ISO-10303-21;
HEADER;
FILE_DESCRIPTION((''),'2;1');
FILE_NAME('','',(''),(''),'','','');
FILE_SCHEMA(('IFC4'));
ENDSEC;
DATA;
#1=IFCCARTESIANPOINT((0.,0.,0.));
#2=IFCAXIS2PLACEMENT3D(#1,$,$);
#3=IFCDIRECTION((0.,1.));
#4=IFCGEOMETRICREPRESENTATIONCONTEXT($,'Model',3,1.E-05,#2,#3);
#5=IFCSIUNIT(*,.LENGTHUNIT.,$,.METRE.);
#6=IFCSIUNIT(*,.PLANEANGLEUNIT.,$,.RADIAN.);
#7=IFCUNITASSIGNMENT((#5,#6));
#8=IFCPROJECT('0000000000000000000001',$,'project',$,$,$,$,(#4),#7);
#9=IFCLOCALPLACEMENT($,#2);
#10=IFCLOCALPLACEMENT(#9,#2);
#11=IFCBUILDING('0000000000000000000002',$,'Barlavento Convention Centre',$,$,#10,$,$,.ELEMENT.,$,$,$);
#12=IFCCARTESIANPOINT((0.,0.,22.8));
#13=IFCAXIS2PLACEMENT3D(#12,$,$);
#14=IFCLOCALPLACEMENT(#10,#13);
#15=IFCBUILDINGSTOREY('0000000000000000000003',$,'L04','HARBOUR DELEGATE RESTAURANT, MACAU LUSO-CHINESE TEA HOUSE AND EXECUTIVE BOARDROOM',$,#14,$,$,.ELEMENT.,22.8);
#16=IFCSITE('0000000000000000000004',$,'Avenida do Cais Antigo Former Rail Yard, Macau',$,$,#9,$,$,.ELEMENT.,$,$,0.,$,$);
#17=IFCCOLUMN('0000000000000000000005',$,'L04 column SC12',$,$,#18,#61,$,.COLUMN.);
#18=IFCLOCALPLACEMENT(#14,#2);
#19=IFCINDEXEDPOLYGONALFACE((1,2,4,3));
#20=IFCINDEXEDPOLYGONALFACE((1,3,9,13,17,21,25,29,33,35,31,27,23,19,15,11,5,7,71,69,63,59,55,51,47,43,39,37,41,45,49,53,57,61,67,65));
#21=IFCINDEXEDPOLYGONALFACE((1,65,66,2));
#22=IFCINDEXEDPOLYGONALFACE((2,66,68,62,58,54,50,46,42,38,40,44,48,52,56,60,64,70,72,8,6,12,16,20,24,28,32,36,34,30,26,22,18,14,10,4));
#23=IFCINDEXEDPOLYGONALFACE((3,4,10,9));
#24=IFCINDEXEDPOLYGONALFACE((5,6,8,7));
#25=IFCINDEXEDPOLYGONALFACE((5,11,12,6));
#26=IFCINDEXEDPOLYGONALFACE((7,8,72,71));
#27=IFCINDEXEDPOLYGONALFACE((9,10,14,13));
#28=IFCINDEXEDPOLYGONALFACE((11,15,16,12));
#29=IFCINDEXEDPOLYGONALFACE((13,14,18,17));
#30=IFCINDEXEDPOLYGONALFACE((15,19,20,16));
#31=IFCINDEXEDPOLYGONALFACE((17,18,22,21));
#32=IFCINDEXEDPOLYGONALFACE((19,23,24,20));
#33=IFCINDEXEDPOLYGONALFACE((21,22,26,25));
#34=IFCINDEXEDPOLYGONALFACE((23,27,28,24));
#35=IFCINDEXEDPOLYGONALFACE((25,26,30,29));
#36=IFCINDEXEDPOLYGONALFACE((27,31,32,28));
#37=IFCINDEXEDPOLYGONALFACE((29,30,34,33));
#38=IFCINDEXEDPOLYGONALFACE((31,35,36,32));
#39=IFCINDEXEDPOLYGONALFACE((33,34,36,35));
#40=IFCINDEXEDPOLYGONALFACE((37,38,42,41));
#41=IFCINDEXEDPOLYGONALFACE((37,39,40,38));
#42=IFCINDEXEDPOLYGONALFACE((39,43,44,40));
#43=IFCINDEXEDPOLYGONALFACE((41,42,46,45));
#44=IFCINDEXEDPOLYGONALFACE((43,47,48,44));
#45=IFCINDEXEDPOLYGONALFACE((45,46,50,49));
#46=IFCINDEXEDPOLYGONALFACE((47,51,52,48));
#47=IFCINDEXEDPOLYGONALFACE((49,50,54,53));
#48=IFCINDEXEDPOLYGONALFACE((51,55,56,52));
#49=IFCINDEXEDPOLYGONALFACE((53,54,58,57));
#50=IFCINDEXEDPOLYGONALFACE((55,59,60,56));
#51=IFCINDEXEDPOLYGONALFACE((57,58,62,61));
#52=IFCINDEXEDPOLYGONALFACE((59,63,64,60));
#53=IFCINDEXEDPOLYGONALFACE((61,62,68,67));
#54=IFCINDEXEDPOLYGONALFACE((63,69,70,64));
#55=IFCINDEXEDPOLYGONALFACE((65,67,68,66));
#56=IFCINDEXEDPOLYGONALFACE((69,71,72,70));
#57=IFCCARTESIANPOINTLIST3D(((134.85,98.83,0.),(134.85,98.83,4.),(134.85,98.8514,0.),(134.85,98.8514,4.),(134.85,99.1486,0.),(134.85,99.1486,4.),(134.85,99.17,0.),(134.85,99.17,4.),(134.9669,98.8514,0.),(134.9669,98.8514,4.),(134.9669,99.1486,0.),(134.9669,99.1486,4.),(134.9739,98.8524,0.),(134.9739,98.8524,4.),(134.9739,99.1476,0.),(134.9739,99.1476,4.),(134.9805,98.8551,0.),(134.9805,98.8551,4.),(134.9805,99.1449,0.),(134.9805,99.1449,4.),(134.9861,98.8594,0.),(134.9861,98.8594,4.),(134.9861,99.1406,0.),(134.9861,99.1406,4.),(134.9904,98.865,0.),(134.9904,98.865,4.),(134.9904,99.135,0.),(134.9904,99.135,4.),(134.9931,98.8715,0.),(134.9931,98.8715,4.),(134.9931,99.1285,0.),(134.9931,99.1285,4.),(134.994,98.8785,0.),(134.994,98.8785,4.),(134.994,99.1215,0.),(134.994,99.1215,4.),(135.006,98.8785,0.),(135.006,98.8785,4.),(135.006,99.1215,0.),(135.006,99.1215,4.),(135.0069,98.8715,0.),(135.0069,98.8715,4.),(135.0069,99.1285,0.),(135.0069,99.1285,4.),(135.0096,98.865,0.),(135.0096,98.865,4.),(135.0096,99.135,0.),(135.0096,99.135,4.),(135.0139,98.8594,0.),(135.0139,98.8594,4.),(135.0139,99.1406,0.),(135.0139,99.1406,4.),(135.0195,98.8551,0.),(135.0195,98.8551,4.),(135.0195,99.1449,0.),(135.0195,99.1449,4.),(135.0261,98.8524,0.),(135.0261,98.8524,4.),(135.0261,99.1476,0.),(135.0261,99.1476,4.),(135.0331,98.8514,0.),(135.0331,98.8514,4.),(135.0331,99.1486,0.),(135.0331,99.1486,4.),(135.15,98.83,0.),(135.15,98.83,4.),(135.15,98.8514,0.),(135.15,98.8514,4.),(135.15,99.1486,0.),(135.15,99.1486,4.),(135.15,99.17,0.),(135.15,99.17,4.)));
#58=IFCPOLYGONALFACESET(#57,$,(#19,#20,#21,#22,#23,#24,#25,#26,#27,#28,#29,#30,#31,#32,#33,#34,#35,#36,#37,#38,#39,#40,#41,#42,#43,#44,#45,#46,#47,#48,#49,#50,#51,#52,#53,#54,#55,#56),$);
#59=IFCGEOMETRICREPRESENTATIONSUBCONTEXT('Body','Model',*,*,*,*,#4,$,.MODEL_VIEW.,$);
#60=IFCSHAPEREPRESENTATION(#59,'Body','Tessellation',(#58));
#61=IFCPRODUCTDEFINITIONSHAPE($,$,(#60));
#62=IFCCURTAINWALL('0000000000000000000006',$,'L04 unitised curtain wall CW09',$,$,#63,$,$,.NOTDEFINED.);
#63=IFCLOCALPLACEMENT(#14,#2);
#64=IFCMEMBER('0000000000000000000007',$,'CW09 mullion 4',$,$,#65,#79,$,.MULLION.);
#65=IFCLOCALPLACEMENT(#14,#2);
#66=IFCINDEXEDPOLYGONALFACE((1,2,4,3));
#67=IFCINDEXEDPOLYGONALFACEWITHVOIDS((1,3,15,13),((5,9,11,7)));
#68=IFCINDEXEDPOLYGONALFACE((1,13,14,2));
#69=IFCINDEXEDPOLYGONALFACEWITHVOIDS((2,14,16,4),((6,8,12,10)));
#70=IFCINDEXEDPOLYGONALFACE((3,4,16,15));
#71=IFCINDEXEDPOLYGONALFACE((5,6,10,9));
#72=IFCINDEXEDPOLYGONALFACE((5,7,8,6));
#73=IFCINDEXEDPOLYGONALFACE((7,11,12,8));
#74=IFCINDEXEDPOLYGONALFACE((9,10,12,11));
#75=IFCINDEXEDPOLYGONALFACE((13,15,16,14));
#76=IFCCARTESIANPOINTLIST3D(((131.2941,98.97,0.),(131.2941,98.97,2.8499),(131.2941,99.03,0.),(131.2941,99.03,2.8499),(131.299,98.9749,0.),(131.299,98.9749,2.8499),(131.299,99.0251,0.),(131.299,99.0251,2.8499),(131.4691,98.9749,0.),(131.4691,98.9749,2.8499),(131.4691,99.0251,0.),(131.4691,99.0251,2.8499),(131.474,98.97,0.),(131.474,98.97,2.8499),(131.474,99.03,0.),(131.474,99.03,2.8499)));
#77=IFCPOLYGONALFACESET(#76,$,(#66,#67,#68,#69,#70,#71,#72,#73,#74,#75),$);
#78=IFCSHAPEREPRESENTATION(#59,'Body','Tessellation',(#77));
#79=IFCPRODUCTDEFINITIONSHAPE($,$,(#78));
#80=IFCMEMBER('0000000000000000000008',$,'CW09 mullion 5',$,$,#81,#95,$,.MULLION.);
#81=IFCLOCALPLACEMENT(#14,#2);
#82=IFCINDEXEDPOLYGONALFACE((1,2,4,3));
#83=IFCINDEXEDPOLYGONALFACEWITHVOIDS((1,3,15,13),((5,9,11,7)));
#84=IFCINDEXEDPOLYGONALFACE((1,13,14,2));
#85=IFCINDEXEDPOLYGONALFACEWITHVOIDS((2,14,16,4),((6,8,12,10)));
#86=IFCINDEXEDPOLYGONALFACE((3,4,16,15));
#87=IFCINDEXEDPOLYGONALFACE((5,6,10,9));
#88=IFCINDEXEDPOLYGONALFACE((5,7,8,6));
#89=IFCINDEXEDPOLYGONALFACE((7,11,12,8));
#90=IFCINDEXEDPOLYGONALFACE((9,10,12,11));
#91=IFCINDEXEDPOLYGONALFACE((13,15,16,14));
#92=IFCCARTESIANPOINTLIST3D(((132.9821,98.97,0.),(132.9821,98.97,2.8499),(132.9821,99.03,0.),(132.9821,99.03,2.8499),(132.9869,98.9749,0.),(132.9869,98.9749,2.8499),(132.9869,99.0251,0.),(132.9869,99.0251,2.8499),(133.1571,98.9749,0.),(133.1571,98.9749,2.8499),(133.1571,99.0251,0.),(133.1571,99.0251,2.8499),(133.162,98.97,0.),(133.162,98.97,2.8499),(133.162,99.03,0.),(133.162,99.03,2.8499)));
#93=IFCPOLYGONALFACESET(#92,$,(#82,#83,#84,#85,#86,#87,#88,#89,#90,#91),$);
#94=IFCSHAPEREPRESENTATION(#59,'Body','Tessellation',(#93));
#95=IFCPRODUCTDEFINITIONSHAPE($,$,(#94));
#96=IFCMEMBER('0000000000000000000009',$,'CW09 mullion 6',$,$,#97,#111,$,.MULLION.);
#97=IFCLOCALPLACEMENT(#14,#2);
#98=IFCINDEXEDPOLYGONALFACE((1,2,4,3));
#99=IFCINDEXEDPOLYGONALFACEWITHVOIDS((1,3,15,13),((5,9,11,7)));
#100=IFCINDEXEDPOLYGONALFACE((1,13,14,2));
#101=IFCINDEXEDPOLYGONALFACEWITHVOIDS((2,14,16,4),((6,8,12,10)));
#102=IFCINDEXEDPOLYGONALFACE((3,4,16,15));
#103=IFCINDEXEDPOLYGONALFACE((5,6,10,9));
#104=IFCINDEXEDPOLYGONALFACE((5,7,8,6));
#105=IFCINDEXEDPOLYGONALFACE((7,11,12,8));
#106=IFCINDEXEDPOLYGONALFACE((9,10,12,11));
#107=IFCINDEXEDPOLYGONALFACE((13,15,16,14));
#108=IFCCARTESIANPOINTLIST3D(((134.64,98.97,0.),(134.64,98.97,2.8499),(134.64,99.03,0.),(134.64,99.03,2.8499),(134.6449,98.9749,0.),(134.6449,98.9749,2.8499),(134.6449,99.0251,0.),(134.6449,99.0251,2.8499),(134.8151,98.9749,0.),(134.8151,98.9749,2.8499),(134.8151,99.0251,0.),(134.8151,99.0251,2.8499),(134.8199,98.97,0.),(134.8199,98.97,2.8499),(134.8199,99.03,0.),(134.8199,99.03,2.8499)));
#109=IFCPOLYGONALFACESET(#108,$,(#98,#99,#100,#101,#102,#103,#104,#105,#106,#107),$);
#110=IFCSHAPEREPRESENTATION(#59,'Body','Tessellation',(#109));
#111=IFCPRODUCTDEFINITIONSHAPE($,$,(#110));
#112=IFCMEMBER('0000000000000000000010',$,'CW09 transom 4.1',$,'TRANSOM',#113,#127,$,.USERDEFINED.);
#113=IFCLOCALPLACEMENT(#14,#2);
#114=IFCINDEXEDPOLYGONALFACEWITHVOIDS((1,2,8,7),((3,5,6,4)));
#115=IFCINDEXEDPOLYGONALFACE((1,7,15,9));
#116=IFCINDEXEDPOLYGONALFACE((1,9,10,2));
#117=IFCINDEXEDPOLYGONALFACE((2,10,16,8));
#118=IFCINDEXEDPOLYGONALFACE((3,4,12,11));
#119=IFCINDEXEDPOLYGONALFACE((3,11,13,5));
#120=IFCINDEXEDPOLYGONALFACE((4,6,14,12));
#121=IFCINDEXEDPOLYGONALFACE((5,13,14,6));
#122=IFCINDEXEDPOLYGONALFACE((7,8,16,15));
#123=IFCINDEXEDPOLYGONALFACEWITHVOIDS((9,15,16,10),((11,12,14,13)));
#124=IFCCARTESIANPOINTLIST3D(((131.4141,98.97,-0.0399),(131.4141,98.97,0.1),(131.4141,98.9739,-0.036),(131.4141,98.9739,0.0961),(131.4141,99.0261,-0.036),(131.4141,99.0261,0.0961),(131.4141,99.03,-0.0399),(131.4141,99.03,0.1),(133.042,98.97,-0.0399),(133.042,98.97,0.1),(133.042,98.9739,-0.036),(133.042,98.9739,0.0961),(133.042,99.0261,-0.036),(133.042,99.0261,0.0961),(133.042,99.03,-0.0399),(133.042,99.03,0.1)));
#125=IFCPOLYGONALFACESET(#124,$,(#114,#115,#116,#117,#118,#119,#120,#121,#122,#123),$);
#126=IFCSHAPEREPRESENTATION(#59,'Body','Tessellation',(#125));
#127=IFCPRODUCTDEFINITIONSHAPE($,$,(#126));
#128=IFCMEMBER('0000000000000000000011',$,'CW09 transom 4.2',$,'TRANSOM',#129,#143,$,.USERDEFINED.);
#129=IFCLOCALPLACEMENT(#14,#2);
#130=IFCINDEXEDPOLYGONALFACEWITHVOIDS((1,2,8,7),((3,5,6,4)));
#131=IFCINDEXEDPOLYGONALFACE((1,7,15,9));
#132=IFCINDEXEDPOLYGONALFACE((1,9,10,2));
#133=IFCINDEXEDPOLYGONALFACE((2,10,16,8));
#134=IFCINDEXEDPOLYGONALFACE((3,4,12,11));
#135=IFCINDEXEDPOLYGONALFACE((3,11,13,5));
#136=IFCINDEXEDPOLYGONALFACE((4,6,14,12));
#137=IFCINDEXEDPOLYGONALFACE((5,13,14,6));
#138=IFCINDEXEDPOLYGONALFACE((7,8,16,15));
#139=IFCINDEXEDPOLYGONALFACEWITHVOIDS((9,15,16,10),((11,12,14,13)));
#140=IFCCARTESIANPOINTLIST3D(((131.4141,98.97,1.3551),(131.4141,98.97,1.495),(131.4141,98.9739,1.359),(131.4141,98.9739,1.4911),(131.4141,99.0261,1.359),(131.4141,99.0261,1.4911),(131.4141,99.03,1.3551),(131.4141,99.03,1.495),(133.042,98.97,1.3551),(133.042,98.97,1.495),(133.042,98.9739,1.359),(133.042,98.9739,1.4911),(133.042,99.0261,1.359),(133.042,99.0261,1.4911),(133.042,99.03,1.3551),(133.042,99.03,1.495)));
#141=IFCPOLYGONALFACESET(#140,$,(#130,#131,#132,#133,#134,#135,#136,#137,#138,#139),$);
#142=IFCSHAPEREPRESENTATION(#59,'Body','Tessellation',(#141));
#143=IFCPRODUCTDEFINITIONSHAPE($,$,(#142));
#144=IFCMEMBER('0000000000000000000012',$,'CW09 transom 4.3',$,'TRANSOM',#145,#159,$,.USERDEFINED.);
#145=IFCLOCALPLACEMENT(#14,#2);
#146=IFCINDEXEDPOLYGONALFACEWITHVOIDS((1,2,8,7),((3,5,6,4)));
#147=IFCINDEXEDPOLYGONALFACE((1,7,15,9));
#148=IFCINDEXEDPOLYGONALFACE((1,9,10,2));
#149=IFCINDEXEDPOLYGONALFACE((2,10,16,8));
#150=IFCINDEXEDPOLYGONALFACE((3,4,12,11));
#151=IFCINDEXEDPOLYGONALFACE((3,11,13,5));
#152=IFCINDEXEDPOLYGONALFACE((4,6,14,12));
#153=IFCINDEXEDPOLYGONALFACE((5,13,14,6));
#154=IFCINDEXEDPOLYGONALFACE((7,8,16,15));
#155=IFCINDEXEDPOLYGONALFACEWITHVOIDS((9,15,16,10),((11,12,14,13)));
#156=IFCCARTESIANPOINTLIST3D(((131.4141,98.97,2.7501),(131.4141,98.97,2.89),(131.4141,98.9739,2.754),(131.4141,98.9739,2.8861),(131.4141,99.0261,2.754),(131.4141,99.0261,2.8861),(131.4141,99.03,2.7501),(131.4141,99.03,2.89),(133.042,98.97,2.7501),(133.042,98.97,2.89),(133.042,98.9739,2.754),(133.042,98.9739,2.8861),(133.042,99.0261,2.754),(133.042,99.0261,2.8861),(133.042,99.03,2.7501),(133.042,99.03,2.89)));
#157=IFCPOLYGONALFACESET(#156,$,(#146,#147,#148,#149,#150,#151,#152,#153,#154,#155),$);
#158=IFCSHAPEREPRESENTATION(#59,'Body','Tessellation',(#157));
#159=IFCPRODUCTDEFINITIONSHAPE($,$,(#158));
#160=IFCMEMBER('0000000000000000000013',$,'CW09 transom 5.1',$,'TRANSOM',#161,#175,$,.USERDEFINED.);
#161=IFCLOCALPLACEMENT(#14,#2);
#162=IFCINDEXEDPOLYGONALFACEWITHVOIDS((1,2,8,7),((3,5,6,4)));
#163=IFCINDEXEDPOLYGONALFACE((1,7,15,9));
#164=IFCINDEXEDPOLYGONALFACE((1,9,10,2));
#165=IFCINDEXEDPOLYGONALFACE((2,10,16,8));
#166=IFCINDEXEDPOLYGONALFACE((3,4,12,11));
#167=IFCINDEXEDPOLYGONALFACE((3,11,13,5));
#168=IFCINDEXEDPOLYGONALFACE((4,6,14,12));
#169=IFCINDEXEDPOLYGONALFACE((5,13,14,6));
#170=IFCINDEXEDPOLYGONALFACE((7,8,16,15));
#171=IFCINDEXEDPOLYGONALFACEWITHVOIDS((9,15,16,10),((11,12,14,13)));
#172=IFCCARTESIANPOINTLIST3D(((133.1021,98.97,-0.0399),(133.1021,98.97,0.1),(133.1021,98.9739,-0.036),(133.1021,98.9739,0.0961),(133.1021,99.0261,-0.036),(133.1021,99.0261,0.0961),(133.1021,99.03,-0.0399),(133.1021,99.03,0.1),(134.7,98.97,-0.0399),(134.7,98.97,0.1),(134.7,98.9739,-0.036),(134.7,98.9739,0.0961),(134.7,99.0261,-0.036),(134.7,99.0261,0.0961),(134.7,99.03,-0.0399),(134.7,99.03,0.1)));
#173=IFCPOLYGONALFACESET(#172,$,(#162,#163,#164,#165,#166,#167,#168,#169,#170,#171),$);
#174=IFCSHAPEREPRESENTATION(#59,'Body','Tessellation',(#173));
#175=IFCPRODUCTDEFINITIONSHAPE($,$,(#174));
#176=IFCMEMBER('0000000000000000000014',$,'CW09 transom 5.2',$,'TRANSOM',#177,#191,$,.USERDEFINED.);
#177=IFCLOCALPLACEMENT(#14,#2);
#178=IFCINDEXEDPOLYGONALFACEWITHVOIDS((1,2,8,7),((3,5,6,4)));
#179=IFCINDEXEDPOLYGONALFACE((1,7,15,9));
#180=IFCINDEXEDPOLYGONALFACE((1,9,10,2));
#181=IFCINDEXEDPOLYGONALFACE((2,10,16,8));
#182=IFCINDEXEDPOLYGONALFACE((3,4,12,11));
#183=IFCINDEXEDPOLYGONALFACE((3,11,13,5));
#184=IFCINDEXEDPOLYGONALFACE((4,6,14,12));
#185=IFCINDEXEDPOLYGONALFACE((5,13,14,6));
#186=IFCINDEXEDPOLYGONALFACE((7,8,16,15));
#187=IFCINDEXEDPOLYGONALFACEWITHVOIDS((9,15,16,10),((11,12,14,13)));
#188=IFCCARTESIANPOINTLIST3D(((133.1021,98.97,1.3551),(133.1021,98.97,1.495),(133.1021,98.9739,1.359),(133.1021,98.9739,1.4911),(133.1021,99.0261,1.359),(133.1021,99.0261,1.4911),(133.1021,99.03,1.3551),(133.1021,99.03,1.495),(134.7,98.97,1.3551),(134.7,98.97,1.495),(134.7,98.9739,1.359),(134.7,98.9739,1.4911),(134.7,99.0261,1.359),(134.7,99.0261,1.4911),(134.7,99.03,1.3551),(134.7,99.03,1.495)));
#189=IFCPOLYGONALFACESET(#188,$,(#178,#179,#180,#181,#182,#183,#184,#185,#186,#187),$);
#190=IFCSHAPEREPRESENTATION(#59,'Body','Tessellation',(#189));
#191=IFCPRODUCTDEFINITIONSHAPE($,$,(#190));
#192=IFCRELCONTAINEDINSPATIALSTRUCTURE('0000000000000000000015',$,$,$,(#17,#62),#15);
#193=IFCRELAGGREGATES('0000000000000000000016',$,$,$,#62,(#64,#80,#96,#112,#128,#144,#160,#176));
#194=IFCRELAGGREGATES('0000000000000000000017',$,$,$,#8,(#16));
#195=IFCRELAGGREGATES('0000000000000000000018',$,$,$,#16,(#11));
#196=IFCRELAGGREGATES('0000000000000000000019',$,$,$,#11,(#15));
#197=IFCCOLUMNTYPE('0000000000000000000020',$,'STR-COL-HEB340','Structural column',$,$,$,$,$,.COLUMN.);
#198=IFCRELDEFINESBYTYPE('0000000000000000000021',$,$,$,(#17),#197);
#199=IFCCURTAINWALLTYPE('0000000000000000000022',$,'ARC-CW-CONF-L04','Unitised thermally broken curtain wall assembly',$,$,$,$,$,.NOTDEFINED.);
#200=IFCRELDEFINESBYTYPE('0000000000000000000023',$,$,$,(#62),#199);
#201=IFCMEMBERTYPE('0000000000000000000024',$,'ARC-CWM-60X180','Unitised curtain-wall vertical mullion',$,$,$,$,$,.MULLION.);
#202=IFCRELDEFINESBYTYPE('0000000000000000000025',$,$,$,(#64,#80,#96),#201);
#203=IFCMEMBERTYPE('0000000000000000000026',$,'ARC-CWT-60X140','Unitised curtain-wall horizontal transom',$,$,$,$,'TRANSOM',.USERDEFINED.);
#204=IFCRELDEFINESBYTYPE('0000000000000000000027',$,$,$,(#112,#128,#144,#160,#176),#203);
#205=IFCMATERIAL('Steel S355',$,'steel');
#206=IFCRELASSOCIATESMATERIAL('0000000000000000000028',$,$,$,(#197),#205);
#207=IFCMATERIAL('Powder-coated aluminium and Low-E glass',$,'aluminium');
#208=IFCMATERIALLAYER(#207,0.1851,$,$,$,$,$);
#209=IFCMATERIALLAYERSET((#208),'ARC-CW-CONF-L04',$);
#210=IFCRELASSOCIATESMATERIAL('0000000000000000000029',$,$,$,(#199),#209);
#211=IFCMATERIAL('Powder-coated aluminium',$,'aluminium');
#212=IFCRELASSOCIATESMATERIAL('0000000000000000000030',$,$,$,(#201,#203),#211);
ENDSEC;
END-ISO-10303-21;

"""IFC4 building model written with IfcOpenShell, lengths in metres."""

from ifc_helpers import new_model, si_unit, direction, frame, origin, origin_2d, place, context, subcontext, project, spatial, hollow_rectangle, i_section, extrude, material, layer, layer_set, material_profile, profile_set, type_object, element, aggregate, save


model = new_model("IFC4")

# Units and contexts
model_context = context("Model", 3, precision=1e-05, world=origin(), true_north=direction((0.0, 1.0)))
body_context = subcontext(model_context, "Body", "Model", "MODEL_VIEW")
ifc_project = project(units=[si_unit("LENGTHUNIT", "METRE"), si_unit("PLANEANGLEUNIT", "RADIAN")], contexts=[model_context])

# Site, building, storey
site_placement = place(None, origin())
site = spatial("IfcSite", under=ifc_project, at=site_placement, Name="Avenida do Cais Antigo Former Rail Yard, Macau", CompositionType="ELEMENT", RefElevation=0.0)
building_placement = place(site_placement, origin())
building = spatial("IfcBuilding", under=site, at=building_placement, Name="Barlavento Convention Centre", CompositionType="ELEMENT")
storey_placement = place(building_placement, frame((0.0, 0.0, 22.8)))
storey = spatial("IfcBuildingStorey", under=building, at=storey_placement, Name="L04", Description="HARBOUR DELEGATE RESTAURANT, MACAU LUSO-CHINESE TEA HOUSE AND EXECUTIVE BOARDROOM", CompositionType="ELEMENT", Elevation=22.8)

# Column
ifc_material_1 = material(Name="Steel S355", Category="steel")
ifc_material_profile_1 = material_profile(ifc_material_1, i_section(OverallWidth=0.3, OverallDepth=0.3401, WebThickness=0.012, FlangeThickness=0.0215, FilletRadius=0.0271, at=origin_2d()), Name="HEB 340")
ifc_profile_set_1 = profile_set([ifc_material_profile_1], Name="Steel S355")
column_type = type_object("IfcColumnType", Name="STR-COL-HEB340", Description="Structural column", PredefinedType="COLUMN", material=ifc_profile_set_1)
column_placement = place(storey_placement, frame((135.0, 99.0, 0.0), z_axis=(0.0, 0.0, 1.0), x_axis=(1.0, 0.0, 0.0)))
element("IfcColumn", 1, at=column_placement, inside=storey, type_object=column_type, Name="L04 column SC12", PredefinedType="COLUMN", context=body_context, shape_type="SweptSolid", body=[
    extrude(i_section(OverallWidth=0.3, OverallDepth=0.3401, WebThickness=0.012, FlangeThickness=0.0215, FilletRadius=0.0271, at=origin_2d()), origin(), (0.0, 0.0, 1.0), 4.0),
])

# Curtain wall, members
ifc_material_2 = material(Name="Powder-coated aluminium and Low-E glass", Category="aluminium")
ifc_layer_1 = layer(ifc_material_2, 0.1851)
ifc_layer_set_1 = layer_set([ifc_layer_1], Name="ARC-CW-CONF-L04")
curtain_wall_type = type_object("IfcCurtainWallType", Name="ARC-CW-CONF-L04", Description="Unitised thermally broken curtain wall assembly", PredefinedType="NOTDEFINED", material=ifc_layer_set_1)
curtain_wall_placement = place(storey_placement, origin())
curtain_wall = element("IfcCurtainWall", 2, at=curtain_wall_placement, inside=storey, type_object=curtain_wall_type, Name="L04 unitised curtain wall CW09", PredefinedType="NOTDEFINED")
ifc_material_3 = material(Name="Powder-coated aluminium", Category="aluminium")
ifc_material_profile_2 = material_profile(ifc_material_3, hollow_rectangle(XDim=0.0601, YDim=0.1799, WallThickness=0.0049, at=origin_2d()), Name="AL-MULL 60x180x5")
ifc_profile_set_2 = profile_set([ifc_material_profile_2], Name="Powder-coated aluminium")
member_type_1 = type_object("IfcMemberType", Name="ARC-CWM-60X180", Description="Unitised curtain-wall vertical mullion", PredefinedType="MULLION", material=ifc_profile_set_2)
member_1_placement = place(storey_placement, frame((131.384, 99.0, 0.0), z_axis=(0.0, 0.0, 1.0), x_axis=(0.0, 1.0, 0.0)))
member_1 = element("IfcMember", 3, at=member_1_placement, type_object=member_type_1, Name="CW09 mullion 4", PredefinedType="MULLION", context=body_context, shape_type="SweptSolid", body=[
    extrude(hollow_rectangle(XDim=0.0601, YDim=0.1799, WallThickness=0.0049, at=origin_2d()), origin(), (0.0, 0.0, 1.0), 2.8499),
])
member_2_placement = place(storey_placement, frame((133.072, 99.0, 0.0), z_axis=(0.0, 0.0, 1.0), x_axis=(0.0, 1.0, 0.0)))
member_2 = element("IfcMember", 4, at=member_2_placement, type_object=member_type_1, Name="CW09 mullion 5", PredefinedType="MULLION", context=body_context, shape_type="SweptSolid", body=[
    extrude(hollow_rectangle(XDim=0.0601, YDim=0.1799, WallThickness=0.0049, at=origin_2d()), origin(), (0.0, 0.0, 1.0), 2.8499),
])
member_3_placement = place(storey_placement, frame((134.73, 99.0, 0.0), z_axis=(0.0, 0.0, 1.0), x_axis=(0.0, 1.0, 0.0)))
member_3 = element("IfcMember", 5, at=member_3_placement, type_object=member_type_1, Name="CW09 mullion 6", PredefinedType="MULLION", context=body_context, shape_type="SweptSolid", body=[
    extrude(hollow_rectangle(XDim=0.0601, YDim=0.1799, WallThickness=0.0049, at=origin_2d()), origin(), (0.0, 0.0, 1.0), 2.8499),
])
ifc_material_profile_3 = material_profile(ifc_material_3, hollow_rectangle(XDim=0.0601, YDim=0.1399, WallThickness=0.0039, at=origin_2d()), Name="AL-TRAN 60x140x4")
ifc_profile_set_3 = profile_set([ifc_material_profile_3], Name="Powder-coated aluminium")
member_type_2 = type_object("IfcMemberType", Name="ARC-CWT-60X140", Description="Unitised curtain-wall horizontal transom", ElementType="TRANSOM", PredefinedType="USERDEFINED", material=ifc_profile_set_3)
member_4_placement = place(storey_placement, frame((131.4141, 99.0, 0.03), z_axis=(1.0, 0.0, 0.0), x_axis=(0.0, 1.0, 0.0)))
member_4 = element("IfcMember", 6, at=member_4_placement, type_object=member_type_2, Name="CW09 transom 4.1", ObjectType="TRANSOM", PredefinedType="USERDEFINED", context=body_context, shape_type="SweptSolid", body=[
    extrude(hollow_rectangle(XDim=0.0601, YDim=0.1399, WallThickness=0.0039, at=origin_2d()), origin(), (0.0, 0.0, 1.0), 1.6279),
])
member_5_placement = place(storey_placement, frame((131.4141, 99.0, 1.425), z_axis=(1.0, 0.0, 0.0), x_axis=(0.0, 1.0, 0.0)))
member_5 = element("IfcMember", 7, at=member_5_placement, type_object=member_type_2, Name="CW09 transom 4.2", ObjectType="TRANSOM", PredefinedType="USERDEFINED", context=body_context, shape_type="SweptSolid", body=[
    extrude(hollow_rectangle(XDim=0.0601, YDim=0.1399, WallThickness=0.0039, at=origin_2d()), origin(), (0.0, 0.0, 1.0), 1.6279),
])
member_6_placement = place(storey_placement, frame((131.4141, 99.0, 2.8201), z_axis=(1.0, 0.0, 0.0), x_axis=(0.0, 1.0, 0.0)))
member_6 = element("IfcMember", 8, at=member_6_placement, type_object=member_type_2, Name="CW09 transom 4.3", ObjectType="TRANSOM", PredefinedType="USERDEFINED", context=body_context, shape_type="SweptSolid", body=[
    extrude(hollow_rectangle(XDim=0.0601, YDim=0.1399, WallThickness=0.0039, at=origin_2d()), origin(), (0.0, 0.0, 1.0), 1.6279),
])
member_7_placement = place(storey_placement, frame((133.1021, 99.0, 0.03), z_axis=(1.0, 0.0, 0.0), x_axis=(0.0, 1.0, 0.0)))
member_7 = element("IfcMember", 9, at=member_7_placement, type_object=member_type_2, Name="CW09 transom 5.1", ObjectType="TRANSOM", PredefinedType="USERDEFINED", context=body_context, shape_type="SweptSolid", body=[
    extrude(hollow_rectangle(XDim=0.0601, YDim=0.1399, WallThickness=0.0039, at=origin_2d()), origin(), (0.0, 0.0, 1.0), 1.5979),
])
member_8_placement = place(storey_placement, frame((133.1021, 99.0, 1.425), z_axis=(1.0, 0.0, 0.0), x_axis=(0.0, 1.0, 0.0)))
member_8 = element("IfcMember", 10, at=member_8_placement, type_object=member_type_2, Name="CW09 transom 5.2", ObjectType="TRANSOM", PredefinedType="USERDEFINED", context=body_context, shape_type="SweptSolid", body=[
    extrude(hollow_rectangle(XDim=0.0601, YDim=0.1399, WallThickness=0.0039, at=origin_2d()), origin(), (0.0, 0.0, 1.0), 1.5979),
])
aggregate(curtain_wall, [member_1, member_2, member_3, member_4, member_5, member_6, member_7, member_8])

save(model, "model.ifc")
